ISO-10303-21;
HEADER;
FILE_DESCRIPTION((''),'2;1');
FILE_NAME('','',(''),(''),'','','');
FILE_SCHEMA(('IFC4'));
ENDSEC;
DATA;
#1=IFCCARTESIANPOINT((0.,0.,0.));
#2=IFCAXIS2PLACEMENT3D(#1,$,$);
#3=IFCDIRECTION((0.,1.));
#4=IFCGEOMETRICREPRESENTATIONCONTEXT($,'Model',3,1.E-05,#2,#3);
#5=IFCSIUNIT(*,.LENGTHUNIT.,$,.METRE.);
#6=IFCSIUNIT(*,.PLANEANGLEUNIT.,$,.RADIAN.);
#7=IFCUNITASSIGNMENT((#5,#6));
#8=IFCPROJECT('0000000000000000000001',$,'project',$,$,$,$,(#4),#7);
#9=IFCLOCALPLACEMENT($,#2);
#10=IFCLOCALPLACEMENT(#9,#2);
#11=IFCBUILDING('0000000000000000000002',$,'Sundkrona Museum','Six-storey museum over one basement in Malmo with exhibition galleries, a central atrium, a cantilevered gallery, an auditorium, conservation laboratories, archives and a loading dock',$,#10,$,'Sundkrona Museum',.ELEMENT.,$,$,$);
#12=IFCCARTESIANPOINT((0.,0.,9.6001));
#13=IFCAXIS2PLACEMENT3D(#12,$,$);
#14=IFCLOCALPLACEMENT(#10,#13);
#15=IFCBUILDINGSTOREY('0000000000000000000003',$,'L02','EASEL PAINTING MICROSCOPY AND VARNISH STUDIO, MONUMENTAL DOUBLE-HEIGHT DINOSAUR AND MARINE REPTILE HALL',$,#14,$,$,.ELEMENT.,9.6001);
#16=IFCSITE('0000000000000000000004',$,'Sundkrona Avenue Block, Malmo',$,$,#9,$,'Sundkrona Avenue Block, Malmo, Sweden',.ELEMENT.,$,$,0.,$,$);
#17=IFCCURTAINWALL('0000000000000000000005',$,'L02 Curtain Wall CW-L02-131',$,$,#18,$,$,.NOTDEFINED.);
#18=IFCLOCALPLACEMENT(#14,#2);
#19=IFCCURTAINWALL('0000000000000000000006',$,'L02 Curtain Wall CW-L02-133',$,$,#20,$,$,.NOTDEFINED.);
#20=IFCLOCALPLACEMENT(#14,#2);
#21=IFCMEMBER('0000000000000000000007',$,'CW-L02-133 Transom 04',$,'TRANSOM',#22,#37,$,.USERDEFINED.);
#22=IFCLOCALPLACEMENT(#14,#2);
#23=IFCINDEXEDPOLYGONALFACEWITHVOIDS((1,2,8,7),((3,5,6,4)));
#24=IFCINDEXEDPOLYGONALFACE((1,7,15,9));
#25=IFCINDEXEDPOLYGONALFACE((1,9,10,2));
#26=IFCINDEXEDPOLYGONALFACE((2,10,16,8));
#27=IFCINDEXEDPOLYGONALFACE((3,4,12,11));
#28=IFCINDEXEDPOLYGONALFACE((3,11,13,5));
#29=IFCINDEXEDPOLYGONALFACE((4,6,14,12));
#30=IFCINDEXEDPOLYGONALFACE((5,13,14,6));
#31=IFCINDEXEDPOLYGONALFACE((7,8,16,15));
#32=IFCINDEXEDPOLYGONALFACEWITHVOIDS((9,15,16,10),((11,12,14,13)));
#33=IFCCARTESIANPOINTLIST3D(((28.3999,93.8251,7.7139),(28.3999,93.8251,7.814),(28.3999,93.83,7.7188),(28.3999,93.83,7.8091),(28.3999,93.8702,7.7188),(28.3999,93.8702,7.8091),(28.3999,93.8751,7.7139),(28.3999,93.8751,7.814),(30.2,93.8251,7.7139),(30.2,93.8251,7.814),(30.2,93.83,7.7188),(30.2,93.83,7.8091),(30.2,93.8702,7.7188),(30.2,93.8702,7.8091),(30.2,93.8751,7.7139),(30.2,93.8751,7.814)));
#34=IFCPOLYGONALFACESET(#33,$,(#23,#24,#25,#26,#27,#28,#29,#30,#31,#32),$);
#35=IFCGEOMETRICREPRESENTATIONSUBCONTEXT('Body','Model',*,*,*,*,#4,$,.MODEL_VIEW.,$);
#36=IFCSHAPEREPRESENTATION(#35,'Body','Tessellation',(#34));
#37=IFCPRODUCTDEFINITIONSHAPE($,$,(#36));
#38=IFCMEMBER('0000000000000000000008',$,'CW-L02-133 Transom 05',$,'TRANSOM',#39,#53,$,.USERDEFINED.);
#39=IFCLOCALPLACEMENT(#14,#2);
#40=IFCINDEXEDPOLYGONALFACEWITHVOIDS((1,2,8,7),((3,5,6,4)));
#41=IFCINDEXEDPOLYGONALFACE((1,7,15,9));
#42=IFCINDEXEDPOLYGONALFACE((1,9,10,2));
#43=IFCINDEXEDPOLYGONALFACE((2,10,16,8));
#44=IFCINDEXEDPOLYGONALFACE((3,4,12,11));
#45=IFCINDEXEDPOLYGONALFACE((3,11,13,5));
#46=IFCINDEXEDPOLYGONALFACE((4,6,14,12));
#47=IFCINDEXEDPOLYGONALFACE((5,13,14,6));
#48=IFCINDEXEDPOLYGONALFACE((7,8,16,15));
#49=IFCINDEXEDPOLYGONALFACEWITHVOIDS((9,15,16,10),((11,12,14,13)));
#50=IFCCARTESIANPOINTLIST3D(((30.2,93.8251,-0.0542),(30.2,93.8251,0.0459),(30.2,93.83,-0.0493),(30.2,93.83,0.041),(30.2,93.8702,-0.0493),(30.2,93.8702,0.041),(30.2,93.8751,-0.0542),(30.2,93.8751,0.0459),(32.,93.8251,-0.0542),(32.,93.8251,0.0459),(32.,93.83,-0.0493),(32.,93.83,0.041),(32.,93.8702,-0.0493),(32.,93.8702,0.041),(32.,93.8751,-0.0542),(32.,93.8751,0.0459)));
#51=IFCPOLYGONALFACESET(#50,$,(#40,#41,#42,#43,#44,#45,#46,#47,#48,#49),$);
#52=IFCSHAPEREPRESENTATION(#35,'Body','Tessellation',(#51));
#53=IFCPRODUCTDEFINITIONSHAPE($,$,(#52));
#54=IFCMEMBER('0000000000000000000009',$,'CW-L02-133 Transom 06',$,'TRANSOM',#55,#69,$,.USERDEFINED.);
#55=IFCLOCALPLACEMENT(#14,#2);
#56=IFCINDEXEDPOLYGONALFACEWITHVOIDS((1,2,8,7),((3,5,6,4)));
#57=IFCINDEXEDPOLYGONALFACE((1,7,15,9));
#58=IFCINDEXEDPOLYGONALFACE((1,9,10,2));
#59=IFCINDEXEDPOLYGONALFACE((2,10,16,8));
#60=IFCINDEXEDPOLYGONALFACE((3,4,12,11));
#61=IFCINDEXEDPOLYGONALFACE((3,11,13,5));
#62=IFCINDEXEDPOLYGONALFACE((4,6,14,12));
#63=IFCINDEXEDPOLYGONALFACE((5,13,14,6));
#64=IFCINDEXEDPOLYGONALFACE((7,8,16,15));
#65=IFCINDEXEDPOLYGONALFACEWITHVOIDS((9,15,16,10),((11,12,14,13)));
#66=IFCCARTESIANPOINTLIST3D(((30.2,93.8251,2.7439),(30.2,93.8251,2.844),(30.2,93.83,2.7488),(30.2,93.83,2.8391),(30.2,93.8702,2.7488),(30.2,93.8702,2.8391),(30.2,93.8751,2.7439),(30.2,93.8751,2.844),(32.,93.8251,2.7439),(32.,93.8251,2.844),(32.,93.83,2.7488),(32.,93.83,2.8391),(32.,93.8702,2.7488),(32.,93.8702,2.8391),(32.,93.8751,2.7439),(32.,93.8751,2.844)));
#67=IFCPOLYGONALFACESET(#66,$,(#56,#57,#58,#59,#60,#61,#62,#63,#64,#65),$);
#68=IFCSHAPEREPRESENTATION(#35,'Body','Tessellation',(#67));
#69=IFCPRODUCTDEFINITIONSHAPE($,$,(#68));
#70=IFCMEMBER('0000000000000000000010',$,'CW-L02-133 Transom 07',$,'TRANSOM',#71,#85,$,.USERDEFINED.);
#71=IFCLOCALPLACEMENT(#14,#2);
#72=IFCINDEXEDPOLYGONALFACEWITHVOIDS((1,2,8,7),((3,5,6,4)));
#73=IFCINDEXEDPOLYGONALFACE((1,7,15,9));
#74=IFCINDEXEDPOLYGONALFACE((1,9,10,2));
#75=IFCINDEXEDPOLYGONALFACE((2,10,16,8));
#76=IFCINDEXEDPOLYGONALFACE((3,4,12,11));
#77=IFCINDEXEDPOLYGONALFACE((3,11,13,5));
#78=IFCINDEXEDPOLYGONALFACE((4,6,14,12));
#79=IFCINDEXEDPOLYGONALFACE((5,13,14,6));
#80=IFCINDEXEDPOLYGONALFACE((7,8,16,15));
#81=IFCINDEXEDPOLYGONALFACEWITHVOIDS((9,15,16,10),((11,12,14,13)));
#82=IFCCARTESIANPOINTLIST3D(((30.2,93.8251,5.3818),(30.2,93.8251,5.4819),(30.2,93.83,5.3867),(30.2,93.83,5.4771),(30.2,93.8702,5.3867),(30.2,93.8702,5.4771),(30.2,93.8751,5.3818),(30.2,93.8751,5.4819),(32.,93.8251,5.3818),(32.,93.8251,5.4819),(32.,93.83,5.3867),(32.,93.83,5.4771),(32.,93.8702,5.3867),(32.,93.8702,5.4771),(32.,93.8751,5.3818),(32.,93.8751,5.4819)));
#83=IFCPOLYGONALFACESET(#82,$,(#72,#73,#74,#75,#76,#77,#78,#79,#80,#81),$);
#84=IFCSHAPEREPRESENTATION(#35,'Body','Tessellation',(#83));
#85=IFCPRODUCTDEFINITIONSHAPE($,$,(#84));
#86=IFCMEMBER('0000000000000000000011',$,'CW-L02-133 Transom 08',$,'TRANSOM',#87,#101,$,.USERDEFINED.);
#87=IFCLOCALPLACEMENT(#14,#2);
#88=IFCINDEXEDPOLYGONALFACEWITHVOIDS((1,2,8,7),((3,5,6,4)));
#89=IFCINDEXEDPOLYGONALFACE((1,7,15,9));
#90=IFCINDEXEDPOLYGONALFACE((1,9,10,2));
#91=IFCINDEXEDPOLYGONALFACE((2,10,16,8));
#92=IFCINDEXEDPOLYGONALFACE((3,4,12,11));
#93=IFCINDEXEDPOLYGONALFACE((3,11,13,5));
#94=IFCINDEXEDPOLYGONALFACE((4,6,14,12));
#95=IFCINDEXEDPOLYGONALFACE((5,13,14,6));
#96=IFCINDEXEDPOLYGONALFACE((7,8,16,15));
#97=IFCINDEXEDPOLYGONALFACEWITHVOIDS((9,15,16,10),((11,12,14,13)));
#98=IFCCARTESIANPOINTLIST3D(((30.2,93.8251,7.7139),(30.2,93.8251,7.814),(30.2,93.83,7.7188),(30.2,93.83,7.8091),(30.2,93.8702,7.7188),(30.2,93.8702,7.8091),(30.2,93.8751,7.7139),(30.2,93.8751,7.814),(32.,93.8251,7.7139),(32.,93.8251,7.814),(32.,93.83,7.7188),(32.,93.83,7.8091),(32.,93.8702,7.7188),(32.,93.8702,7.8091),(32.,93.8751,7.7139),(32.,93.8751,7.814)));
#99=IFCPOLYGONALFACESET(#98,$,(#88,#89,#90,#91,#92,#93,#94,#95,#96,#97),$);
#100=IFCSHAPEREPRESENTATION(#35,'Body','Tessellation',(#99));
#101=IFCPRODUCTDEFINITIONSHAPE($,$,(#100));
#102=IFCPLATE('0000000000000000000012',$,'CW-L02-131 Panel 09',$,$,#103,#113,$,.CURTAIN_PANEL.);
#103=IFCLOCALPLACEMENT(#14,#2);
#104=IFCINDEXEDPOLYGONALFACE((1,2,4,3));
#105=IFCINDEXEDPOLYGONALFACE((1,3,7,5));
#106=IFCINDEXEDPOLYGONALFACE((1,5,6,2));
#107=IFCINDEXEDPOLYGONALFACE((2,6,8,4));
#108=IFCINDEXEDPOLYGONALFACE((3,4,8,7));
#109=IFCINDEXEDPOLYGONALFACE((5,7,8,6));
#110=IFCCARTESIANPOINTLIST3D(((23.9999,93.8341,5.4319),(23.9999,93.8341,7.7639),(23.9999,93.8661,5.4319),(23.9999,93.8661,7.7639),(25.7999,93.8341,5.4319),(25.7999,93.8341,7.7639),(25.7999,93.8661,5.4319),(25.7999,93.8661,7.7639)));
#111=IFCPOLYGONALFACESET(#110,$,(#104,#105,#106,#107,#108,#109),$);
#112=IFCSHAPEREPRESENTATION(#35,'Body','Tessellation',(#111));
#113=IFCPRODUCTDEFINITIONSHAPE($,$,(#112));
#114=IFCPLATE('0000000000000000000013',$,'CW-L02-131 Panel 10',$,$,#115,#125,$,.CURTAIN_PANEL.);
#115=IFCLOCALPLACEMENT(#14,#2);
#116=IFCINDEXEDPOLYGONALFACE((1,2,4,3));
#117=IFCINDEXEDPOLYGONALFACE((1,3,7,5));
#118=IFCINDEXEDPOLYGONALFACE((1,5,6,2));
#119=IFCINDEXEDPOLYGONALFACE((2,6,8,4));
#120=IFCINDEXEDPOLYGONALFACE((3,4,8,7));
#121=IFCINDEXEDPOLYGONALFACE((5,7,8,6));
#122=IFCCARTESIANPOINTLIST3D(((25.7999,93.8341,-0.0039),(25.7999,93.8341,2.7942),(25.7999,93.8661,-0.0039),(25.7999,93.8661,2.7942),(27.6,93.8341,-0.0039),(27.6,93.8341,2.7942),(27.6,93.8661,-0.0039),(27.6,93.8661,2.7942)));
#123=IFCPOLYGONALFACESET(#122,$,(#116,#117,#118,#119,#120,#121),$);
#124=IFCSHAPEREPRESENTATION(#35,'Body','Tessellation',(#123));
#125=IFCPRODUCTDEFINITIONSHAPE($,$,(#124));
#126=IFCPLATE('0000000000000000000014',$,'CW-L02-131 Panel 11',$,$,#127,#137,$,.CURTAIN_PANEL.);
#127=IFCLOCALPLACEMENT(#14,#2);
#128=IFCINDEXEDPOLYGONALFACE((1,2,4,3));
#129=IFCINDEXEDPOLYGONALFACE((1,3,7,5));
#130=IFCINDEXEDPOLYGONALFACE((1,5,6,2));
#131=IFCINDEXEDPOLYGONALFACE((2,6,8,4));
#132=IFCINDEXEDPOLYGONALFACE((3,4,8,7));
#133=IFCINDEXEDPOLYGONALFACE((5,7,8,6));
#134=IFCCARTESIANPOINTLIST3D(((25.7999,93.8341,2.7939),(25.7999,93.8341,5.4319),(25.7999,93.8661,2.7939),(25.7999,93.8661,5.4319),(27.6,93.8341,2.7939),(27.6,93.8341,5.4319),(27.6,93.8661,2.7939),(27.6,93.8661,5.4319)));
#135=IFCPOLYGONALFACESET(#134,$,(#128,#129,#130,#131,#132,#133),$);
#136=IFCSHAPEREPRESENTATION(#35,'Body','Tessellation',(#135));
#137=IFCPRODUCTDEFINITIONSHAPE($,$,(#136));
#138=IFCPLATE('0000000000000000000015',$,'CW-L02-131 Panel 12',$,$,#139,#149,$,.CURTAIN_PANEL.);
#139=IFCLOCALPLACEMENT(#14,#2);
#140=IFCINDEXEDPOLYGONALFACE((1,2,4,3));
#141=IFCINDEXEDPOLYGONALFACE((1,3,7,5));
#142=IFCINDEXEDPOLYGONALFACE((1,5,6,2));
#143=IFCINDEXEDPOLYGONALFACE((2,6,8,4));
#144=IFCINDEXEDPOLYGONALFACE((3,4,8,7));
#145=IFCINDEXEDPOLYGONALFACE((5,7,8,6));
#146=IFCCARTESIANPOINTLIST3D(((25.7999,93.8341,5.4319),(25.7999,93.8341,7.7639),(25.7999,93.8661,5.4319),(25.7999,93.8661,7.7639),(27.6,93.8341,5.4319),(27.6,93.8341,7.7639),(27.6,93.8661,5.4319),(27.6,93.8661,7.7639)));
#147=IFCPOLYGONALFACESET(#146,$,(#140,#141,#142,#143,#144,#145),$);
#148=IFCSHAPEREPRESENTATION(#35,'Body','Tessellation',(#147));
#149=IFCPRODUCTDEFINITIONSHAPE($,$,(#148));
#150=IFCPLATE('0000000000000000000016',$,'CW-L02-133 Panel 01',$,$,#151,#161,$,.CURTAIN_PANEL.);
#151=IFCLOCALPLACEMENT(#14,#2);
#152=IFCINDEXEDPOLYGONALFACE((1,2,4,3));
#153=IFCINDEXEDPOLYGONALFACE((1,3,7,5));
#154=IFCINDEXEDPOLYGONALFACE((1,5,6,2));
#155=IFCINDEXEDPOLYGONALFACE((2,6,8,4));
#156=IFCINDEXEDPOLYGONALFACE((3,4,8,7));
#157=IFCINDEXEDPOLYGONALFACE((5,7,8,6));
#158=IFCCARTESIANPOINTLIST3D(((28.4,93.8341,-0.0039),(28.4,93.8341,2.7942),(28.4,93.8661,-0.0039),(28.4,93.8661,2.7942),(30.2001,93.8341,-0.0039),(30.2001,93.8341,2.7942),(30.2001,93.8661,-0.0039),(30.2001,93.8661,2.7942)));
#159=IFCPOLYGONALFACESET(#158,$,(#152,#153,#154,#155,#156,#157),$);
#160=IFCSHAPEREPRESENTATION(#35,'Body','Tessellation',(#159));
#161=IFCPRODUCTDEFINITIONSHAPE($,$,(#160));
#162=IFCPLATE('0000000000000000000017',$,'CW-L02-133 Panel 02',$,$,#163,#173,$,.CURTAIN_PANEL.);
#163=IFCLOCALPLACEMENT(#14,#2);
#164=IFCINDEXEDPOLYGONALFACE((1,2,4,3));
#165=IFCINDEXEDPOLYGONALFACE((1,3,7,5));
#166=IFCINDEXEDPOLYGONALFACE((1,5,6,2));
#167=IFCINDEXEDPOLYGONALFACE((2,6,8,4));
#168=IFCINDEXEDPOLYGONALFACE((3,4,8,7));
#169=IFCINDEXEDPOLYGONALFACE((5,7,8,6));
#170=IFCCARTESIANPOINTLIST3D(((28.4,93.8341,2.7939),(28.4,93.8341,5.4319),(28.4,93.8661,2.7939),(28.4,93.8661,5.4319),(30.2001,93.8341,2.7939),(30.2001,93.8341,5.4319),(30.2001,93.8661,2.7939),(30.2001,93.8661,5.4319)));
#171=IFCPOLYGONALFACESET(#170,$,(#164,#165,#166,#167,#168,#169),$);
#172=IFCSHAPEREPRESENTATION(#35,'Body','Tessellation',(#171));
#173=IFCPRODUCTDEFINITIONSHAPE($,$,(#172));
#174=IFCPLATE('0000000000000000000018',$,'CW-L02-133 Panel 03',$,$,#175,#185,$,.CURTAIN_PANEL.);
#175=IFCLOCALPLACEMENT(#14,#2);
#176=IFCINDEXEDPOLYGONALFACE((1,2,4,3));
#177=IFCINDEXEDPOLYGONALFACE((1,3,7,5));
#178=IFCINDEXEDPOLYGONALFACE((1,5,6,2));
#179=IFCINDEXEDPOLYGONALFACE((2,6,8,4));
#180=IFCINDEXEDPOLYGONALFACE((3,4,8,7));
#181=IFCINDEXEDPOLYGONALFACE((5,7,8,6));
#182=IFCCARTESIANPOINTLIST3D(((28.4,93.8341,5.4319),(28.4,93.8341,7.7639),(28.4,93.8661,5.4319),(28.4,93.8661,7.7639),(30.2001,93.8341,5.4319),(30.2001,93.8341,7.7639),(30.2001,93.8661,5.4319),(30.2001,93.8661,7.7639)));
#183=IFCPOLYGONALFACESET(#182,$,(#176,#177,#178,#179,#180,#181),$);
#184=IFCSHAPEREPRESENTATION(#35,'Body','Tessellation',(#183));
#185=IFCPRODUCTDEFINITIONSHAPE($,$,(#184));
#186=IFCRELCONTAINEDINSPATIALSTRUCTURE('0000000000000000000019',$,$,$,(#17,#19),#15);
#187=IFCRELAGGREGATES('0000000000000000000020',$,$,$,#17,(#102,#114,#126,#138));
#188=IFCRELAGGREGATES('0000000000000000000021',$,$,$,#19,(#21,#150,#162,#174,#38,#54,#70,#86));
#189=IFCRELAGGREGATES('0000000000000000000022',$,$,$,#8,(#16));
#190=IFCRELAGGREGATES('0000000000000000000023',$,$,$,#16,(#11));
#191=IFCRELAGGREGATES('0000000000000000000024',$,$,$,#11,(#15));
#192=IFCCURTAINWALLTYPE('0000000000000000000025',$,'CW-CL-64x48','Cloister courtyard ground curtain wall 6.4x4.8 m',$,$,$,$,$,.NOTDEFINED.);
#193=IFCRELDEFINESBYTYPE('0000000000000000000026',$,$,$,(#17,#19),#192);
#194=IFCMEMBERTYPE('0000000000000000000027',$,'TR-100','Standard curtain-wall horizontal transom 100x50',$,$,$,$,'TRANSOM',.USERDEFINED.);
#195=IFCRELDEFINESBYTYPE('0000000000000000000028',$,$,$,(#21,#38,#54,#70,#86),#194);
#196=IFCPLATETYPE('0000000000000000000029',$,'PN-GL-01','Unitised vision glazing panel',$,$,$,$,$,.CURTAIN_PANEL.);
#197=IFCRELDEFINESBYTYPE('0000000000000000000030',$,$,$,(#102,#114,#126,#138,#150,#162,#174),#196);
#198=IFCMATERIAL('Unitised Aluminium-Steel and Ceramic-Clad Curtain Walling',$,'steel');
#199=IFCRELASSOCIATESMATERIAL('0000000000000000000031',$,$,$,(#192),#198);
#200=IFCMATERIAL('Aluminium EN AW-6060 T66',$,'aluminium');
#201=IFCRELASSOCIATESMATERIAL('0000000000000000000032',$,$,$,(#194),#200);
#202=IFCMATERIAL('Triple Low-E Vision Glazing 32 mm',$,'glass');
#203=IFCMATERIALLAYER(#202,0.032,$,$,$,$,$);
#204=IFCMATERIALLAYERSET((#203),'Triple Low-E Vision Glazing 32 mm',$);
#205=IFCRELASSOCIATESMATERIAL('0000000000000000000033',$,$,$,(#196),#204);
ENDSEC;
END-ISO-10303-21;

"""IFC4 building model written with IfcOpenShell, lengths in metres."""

from ifc_helpers import new_model, si_unit, direction, frame, origin, origin_2d, place, context, subcontext, project, spatial, rectangle, hollow_rectangle, extrude, material, layer, layer_set, material_profile, profile_set, type_object, element, aggregate, save


model = new_model("IFC4")

# Units and contexts
model_context = context("Model", 3, precision=1e-05, world=origin(), true_north=direction((0.0, 1.0)))
body_context = subcontext(model_context, "Body", "Model", "MODEL_VIEW")
ifc_project = project(units=[si_unit("LENGTHUNIT", "METRE"), si_unit("PLANEANGLEUNIT", "RADIAN")], contexts=[model_context])

# Site, building, storey
site_placement = place(None, origin())
site = spatial("IfcSite", under=ifc_project, at=site_placement, Name="Sundkrona Avenue Block, Malmo", LongName="Sundkrona Avenue Block, Malmo, Sweden", CompositionType="ELEMENT", RefElevation=0.0)
building_placement = place(site_placement, origin())
building = spatial("IfcBuilding", under=site, at=building_placement, Name="Sundkrona Museum", Description="Six-storey museum over one basement in Malmo with exhibition galleries, a central atrium, a cantilevered gallery, an auditorium, conservation laboratories, archives and a loading dock", LongName="Sundkrona Museum", CompositionType="ELEMENT")
storey_placement = place(building_placement, frame((0.0, 0.0, 9.6001)))
storey = spatial("IfcBuildingStorey", under=building, at=storey_placement, Name="L02", Description="EASEL PAINTING MICROSCOPY AND VARNISH STUDIO, MONUMENTAL DOUBLE-HEIGHT DINOSAUR AND MARINE REPTILE HALL", CompositionType="ELEMENT", Elevation=9.6001)

# Curtain walls
ifc_material_1 = material(Name="Unitised Aluminium-Steel and Ceramic-Clad Curtain Walling", Category="steel")
curtain_wall_type = type_object("IfcCurtainWallType", Name="CW-CL-64x48", Description="Cloister courtyard ground curtain wall 6.4x4.8 m", PredefinedType="NOTDEFINED", material=ifc_material_1)
curtain_wall_1_placement = place(storey_placement, origin())
curtain_wall_1 = element("IfcCurtainWall", 1, at=curtain_wall_1_placement, inside=storey, type_object=curtain_wall_type, Name="L02 Curtain Wall CW-L02-131", PredefinedType="NOTDEFINED")
ifc_material_2 = material(Name="Aluminium EN AW-6060 T66", Category="aluminium")
curtain_wall_2_placement = place(storey_placement, origin())
curtain_wall_2 = element("IfcCurtainWall", 2, at=curtain_wall_2_placement, inside=storey, type_object=curtain_wall_type, Name="L02 Curtain Wall CW-L02-133", PredefinedType="NOTDEFINED")

# Members
ifc_material_profile_1 = material_profile(ifc_material_2, hollow_rectangle(XDim=0.05, YDim=0.1001, WallThickness=0.0049, at=origin_2d()), Name="RHS 100x50x5.0")
ifc_profile_set_1 = profile_set([ifc_material_profile_1], Name="Aluminium EN AW-6060 T66")
member_type_1 = type_object("IfcMemberType", Name="TR-100", Description="Standard curtain-wall horizontal transom 100x50", ElementType="TRANSOM", PredefinedType="USERDEFINED", material=ifc_profile_set_1)
member_1_placement = place(storey_placement, frame((28.3999, 93.8501, 7.7639), z_axis=(1.0, 0.0, 0.0), x_axis=(0.0, 1.0, 0.0)))
member_1 = element("IfcMember", 3, at=member_1_placement, type_object=member_type_1, Name="CW-L02-133 Transom 04", ObjectType="TRANSOM", PredefinedType="USERDEFINED", context=body_context, shape_type="SweptSolid", body=[
    extrude(hollow_rectangle(XDim=0.05, YDim=0.1001, WallThickness=0.0049, at=origin_2d()), origin(), (0.0, 0.0, 1.0), 1.8),
])
member_2_placement = place(storey_placement, frame((30.2, 93.8501, -0.0042), z_axis=(1.0, 0.0, 0.0), x_axis=(0.0, 1.0, 0.0)))
member_2 = element("IfcMember", 4, at=member_2_placement, type_object=member_type_1, Name="CW-L02-133 Transom 05", ObjectType="TRANSOM", PredefinedType="USERDEFINED", context=body_context, shape_type="SweptSolid", body=[
    extrude(hollow_rectangle(XDim=0.05, YDim=0.1001, WallThickness=0.0049, at=origin_2d()), origin(), (0.0, 0.0, 1.0), 1.8),
])
member_3_placement = place(storey_placement, frame((30.2, 93.8501, 2.7939), z_axis=(1.0, 0.0, 0.0), x_axis=(0.0, 1.0, 0.0)))
member_3 = element("IfcMember", 5, at=member_3_placement, type_object=member_type_1, Name="CW-L02-133 Transom 06", ObjectType="TRANSOM", PredefinedType="USERDEFINED", context=body_context, shape_type="SweptSolid", body=[
    extrude(hollow_rectangle(XDim=0.05, YDim=0.1001, WallThickness=0.0049, at=origin_2d()), origin(), (0.0, 0.0, 1.0), 1.8),
])
member_4_placement = place(storey_placement, frame((30.2, 93.8501, 5.4319), z_axis=(1.0, 0.0, 0.0), x_axis=(0.0, 1.0, 0.0)))
member_4 = element("IfcMember", 6, at=member_4_placement, type_object=member_type_1, Name="CW-L02-133 Transom 07", ObjectType="TRANSOM", PredefinedType="USERDEFINED", context=body_context, shape_type="SweptSolid", body=[
    extrude(hollow_rectangle(XDim=0.05, YDim=0.1001, WallThickness=0.0049, at=origin_2d()), origin(), (0.0, 0.0, 1.0), 1.8),
])
member_5_placement = place(storey_placement, frame((30.2, 93.8501, 7.7639), z_axis=(1.0, 0.0, 0.0), x_axis=(0.0, 1.0, 0.0)))
member_5 = element("IfcMember", 7, at=member_5_placement, type_object=member_type_1, Name="CW-L02-133 Transom 08", ObjectType="TRANSOM", PredefinedType="USERDEFINED", context=body_context, shape_type="SweptSolid", body=[
    extrude(hollow_rectangle(XDim=0.05, YDim=0.1001, WallThickness=0.0049, at=origin_2d()), origin(), (0.0, 0.0, 1.0), 1.8),
])

# Plates
ifc_material_3 = material(Name="Triple Low-E Vision Glazing 32 mm", Category="glass")
ifc_layer = layer(ifc_material_3, 0.032)
ifc_layer_set = layer_set([ifc_layer], Name="Triple Low-E Vision Glazing 32 mm")
plate_type = type_object("IfcPlateType", Name="PN-GL-01", Description="Unitised vision glazing panel", PredefinedType="CURTAIN_PANEL", material=ifc_layer_set)
plate_1_placement = place(storey_placement, frame((24.8999, 93.8501, 5.4319), z_axis=(0.0, 0.0, 1.0), x_axis=(1.0, 0.0, 0.0)))
plate_1 = element("IfcPlate", 8, at=plate_1_placement, type_object=plate_type, Name="CW-L02-131 Panel 09", PredefinedType="CURTAIN_PANEL", context=body_context, shape_type="SweptSolid", body=[
    extrude(rectangle(XDim=1.8, YDim=0.032, at=origin_2d()), origin(), (0.0, 0.0, 1.0), 2.332),
])
plate_2_placement = place(storey_placement, frame((26.7, 93.8501, -0.0039), z_axis=(0.0, 0.0, 1.0), x_axis=(1.0, 0.0, 0.0)))
plate_2 = element("IfcPlate", 9, at=plate_2_placement, type_object=plate_type, Name="CW-L02-131 Panel 10", PredefinedType="CURTAIN_PANEL", context=body_context, shape_type="SweptSolid", body=[
    extrude(rectangle(XDim=1.8, YDim=0.032, at=origin_2d()), origin(), (0.0, 0.0, 1.0), 2.7981),
])
plate_3_placement = place(storey_placement, frame((26.7, 93.8501, 2.7939), z_axis=(0.0, 0.0, 1.0), x_axis=(1.0, 0.0, 0.0)))
plate_3 = element("IfcPlate", 10, at=plate_3_placement, type_object=plate_type, Name="CW-L02-131 Panel 11", PredefinedType="CURTAIN_PANEL", context=body_context, shape_type="SweptSolid", body=[
    extrude(rectangle(XDim=1.8, YDim=0.032, at=origin_2d()), origin(), (0.0, 0.0, 1.0), 2.6379),
])
plate_4_placement = place(storey_placement, frame((26.7, 93.8501, 5.4319), z_axis=(0.0, 0.0, 1.0), x_axis=(1.0, 0.0, 0.0)))
plate_4 = element("IfcPlate", 11, at=plate_4_placement, type_object=plate_type, Name="CW-L02-131 Panel 12", PredefinedType="CURTAIN_PANEL", context=body_context, shape_type="SweptSolid", body=[
    extrude(rectangle(XDim=1.8, YDim=0.032, at=origin_2d()), origin(), (0.0, 0.0, 1.0), 2.332),
])
aggregate(curtain_wall_1, [plate_1, plate_2, plate_3, plate_4])
plate_5_placement = place(storey_placement, frame((29.3, 93.8501, -0.0039), z_axis=(0.0, 0.0, 1.0), x_axis=(1.0, 0.0, 0.0)))
plate_5 = element("IfcPlate", 12, at=plate_5_placement, type_object=plate_type, Name="CW-L02-133 Panel 01", PredefinedType="CURTAIN_PANEL", context=body_context, shape_type="SweptSolid", body=[
    extrude(rectangle(XDim=1.8, YDim=0.032, at=origin_2d()), origin(), (0.0, 0.0, 1.0), 2.7981),
])
plate_6_placement = place(storey_placement, frame((29.3, 93.8501, 2.7939), z_axis=(0.0, 0.0, 1.0), x_axis=(1.0, 0.0, 0.0)))
plate_6 = element("IfcPlate", 13, at=plate_6_placement, type_object=plate_type, Name="CW-L02-133 Panel 02", PredefinedType="CURTAIN_PANEL", context=body_context, shape_type="SweptSolid", body=[
    extrude(rectangle(XDim=1.8, YDim=0.032, at=origin_2d()), origin(), (0.0, 0.0, 1.0), 2.6379),
])
plate_7_placement = place(storey_placement, frame((29.3, 93.8501, 5.4319), z_axis=(0.0, 0.0, 1.0), x_axis=(1.0, 0.0, 0.0)))
plate_7 = element("IfcPlate", 14, at=plate_7_placement, type_object=plate_type, Name="CW-L02-133 Panel 03", PredefinedType="CURTAIN_PANEL", context=body_context, shape_type="SweptSolid", body=[
    extrude(rectangle(XDim=1.8, YDim=0.032, at=origin_2d()), origin(), (0.0, 0.0, 1.0), 2.332),
])
aggregate(curtain_wall_2, [member_1, plate_5, plate_6, plate_7, member_2, member_3, member_4, member_5])

save(model, "model.ifc")
